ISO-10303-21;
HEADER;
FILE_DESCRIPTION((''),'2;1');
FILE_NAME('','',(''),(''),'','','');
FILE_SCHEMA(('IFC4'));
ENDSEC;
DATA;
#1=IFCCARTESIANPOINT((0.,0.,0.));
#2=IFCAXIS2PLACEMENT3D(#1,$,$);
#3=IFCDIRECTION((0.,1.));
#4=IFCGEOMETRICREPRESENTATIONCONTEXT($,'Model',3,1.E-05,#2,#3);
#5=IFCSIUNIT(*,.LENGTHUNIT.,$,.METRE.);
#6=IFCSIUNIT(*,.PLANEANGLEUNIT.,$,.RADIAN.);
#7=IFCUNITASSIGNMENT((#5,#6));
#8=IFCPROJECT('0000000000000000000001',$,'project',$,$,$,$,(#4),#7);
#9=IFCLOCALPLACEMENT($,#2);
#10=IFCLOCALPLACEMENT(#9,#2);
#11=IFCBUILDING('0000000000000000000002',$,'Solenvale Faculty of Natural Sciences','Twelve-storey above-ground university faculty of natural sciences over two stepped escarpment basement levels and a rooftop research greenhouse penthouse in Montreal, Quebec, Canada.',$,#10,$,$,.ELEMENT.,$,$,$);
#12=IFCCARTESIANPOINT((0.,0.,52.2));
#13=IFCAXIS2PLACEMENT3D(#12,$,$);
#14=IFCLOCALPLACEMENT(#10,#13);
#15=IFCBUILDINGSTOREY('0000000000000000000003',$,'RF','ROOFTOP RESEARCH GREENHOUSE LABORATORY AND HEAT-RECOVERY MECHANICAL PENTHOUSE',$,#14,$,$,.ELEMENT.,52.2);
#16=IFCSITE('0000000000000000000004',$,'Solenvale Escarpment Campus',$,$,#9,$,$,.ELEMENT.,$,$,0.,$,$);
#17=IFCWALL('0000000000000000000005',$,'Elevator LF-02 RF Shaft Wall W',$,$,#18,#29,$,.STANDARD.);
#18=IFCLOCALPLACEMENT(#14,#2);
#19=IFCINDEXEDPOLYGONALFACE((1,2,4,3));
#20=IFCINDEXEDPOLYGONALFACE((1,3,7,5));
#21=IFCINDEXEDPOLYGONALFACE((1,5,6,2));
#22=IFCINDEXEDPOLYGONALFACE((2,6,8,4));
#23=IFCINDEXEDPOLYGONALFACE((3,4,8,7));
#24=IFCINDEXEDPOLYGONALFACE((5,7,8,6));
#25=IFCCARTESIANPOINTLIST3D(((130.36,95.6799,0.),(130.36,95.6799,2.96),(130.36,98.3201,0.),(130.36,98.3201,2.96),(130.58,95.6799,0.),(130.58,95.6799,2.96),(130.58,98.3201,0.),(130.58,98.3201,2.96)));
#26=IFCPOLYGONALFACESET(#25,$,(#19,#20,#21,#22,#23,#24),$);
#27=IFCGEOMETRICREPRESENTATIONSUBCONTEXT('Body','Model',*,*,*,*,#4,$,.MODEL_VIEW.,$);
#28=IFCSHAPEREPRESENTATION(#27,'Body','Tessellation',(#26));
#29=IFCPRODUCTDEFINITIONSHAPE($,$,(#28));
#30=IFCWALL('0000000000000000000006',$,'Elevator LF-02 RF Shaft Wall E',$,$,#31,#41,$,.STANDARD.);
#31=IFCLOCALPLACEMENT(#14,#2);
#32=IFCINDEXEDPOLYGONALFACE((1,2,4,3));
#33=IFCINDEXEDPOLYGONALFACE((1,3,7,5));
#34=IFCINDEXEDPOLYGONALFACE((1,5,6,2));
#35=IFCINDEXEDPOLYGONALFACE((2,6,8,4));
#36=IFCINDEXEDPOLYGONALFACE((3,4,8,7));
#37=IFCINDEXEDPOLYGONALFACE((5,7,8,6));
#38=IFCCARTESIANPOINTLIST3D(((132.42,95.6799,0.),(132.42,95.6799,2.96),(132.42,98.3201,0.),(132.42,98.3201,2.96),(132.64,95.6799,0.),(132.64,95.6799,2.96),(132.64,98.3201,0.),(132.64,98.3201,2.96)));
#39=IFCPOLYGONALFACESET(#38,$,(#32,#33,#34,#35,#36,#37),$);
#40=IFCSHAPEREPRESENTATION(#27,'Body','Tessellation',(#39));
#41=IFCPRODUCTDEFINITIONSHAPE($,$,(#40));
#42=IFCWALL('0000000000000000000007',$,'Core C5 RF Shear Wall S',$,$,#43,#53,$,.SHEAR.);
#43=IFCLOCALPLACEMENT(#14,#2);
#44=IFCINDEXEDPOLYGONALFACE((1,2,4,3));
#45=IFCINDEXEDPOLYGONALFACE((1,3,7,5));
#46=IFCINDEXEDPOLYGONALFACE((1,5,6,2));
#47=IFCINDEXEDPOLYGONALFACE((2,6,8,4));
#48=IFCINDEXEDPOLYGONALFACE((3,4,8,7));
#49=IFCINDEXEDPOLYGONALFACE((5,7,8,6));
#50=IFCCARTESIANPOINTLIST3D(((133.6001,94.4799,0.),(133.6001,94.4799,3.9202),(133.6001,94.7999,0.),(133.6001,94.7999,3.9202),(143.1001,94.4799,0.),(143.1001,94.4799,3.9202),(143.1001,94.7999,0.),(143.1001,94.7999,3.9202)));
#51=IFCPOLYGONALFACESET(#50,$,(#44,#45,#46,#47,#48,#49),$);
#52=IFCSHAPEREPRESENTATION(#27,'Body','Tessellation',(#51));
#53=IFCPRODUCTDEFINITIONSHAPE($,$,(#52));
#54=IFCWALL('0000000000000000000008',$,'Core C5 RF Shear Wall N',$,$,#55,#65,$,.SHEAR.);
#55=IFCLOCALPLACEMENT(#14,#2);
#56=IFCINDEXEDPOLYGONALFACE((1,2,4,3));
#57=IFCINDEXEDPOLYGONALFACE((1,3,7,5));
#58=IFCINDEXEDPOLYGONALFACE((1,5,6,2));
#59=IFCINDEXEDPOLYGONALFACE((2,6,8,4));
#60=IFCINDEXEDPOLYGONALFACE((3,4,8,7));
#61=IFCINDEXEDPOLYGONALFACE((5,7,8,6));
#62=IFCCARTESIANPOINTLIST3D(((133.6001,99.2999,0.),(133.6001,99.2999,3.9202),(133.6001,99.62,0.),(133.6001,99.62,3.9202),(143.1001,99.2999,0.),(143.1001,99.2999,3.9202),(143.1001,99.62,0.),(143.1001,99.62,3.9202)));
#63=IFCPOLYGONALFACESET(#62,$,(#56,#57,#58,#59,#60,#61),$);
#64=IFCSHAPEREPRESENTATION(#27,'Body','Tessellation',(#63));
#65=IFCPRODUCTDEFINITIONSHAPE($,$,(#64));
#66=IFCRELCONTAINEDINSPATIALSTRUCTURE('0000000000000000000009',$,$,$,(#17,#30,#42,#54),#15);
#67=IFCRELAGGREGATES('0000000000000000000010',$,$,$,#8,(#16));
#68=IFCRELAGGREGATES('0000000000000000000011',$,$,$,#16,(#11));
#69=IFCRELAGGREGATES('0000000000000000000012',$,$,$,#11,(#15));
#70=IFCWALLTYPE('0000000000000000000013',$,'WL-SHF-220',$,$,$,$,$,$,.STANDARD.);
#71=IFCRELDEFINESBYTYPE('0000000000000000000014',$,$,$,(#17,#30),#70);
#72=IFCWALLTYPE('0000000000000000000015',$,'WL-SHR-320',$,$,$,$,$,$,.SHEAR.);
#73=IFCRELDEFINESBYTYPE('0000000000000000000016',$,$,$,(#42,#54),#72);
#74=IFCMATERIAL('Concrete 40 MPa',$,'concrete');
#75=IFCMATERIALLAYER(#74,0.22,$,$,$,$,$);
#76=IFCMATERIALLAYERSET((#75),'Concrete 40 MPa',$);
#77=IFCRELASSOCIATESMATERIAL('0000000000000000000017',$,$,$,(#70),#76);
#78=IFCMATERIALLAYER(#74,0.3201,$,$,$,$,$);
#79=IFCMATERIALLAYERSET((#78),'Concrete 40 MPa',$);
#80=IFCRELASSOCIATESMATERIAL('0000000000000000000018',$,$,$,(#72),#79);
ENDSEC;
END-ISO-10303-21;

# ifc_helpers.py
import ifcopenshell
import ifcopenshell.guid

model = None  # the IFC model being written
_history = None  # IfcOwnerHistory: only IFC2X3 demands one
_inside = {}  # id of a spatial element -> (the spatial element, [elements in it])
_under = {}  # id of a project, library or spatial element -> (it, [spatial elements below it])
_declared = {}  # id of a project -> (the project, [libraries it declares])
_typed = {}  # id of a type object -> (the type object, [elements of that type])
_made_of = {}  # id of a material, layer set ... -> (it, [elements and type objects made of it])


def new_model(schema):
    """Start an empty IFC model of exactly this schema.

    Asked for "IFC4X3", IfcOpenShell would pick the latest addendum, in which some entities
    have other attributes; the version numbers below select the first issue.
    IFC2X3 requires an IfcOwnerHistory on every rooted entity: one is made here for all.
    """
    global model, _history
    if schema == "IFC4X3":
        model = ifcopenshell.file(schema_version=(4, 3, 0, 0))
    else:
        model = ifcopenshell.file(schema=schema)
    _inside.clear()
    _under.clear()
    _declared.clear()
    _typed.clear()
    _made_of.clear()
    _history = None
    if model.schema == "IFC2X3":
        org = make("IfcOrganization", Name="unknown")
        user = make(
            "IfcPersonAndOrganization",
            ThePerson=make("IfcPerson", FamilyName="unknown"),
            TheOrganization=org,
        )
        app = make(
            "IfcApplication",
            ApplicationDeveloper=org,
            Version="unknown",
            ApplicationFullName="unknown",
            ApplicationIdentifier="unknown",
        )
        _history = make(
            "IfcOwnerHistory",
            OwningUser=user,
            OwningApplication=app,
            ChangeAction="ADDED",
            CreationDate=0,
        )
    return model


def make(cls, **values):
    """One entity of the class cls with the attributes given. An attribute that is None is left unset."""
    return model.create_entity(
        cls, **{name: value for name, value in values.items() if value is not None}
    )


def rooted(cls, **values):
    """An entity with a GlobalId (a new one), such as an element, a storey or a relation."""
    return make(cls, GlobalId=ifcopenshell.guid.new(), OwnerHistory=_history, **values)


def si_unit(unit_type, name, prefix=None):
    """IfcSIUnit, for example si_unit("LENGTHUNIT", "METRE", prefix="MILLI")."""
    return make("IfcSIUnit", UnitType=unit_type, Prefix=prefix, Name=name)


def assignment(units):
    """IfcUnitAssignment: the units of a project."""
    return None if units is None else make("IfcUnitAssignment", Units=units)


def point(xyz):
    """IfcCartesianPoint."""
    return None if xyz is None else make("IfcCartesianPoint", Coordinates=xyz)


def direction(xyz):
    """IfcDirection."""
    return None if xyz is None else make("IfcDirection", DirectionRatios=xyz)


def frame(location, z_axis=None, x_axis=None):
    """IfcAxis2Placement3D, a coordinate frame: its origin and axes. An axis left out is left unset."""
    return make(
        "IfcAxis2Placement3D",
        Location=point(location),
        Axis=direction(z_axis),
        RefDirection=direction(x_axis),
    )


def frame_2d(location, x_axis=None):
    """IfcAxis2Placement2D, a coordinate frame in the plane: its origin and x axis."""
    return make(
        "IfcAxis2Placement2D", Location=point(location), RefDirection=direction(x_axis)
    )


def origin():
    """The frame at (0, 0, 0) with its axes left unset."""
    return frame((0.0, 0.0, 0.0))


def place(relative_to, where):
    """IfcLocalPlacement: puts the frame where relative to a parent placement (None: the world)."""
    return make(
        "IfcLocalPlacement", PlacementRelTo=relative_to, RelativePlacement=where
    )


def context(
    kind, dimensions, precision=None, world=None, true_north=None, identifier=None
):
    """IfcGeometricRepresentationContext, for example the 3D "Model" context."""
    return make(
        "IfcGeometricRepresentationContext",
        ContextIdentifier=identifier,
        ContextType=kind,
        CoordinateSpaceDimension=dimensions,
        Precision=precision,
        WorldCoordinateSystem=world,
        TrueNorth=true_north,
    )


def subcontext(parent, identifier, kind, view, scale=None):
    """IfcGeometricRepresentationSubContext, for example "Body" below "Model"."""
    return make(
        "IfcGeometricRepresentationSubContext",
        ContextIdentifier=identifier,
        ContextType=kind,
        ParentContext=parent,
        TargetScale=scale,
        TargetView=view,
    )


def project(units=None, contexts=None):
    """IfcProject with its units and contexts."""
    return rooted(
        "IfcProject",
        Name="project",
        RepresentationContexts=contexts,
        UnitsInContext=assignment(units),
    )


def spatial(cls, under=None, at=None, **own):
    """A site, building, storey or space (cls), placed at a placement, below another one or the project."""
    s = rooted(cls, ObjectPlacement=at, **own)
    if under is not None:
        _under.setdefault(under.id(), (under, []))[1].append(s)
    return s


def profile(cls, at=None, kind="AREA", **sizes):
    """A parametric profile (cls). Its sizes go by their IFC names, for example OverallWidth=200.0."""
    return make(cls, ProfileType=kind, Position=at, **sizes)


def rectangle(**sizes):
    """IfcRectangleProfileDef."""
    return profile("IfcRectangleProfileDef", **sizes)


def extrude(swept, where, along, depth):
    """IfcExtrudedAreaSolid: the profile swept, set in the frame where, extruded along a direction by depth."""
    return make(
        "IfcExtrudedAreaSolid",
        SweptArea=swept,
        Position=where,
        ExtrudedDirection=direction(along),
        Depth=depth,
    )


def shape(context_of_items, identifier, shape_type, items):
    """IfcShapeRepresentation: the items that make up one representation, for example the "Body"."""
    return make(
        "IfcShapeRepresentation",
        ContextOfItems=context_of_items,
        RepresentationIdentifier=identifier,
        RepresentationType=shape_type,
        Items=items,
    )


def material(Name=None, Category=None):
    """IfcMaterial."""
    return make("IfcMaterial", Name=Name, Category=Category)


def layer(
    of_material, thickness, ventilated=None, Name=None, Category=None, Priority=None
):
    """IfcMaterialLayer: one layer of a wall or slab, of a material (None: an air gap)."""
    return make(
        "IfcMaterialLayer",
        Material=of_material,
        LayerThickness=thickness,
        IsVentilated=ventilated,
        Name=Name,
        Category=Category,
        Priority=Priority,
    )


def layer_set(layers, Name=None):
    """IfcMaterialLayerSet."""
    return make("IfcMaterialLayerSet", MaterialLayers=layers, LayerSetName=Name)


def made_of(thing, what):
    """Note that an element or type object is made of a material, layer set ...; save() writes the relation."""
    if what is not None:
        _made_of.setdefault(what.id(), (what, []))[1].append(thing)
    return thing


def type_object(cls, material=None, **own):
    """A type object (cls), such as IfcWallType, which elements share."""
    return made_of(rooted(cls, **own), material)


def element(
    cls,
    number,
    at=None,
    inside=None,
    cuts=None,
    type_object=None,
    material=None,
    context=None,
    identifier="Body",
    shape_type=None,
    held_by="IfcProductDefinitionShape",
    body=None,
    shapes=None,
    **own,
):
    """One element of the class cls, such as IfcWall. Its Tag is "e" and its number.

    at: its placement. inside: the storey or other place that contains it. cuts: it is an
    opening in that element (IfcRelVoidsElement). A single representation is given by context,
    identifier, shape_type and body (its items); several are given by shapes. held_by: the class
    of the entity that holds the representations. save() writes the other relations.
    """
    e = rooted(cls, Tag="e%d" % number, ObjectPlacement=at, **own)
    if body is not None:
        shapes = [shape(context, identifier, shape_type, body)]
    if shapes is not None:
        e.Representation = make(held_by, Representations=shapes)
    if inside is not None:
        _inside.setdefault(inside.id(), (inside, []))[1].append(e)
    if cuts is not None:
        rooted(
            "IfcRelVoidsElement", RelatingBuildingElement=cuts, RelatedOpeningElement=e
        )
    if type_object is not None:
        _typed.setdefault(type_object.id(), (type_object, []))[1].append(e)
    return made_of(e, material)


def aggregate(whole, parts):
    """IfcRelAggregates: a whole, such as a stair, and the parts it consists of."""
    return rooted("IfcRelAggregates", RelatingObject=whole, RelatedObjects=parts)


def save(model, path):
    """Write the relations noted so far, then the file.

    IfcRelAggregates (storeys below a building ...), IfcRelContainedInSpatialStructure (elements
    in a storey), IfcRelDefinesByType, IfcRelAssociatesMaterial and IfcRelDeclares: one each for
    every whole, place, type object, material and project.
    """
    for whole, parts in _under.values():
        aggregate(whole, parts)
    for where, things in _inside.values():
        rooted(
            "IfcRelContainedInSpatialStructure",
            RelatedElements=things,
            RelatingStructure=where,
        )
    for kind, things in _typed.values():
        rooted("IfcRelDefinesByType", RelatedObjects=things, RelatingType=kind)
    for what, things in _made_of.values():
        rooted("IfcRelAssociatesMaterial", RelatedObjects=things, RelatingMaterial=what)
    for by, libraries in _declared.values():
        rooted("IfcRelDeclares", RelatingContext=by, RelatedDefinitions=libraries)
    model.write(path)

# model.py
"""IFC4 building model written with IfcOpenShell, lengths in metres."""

from ifc_helpers import new_model, si_unit, direction, frame, frame_2d, origin, place, context, subcontext, project, spatial, rectangle, extrude, material, layer, layer_set, type_object, element, save


model = new_model("IFC4")

# Units and contexts
model_context = context("Model", 3, precision=1e-05, world=origin(), true_north=direction((0.0, 1.0)))
body_context = subcontext(model_context, "Body", "Model", "MODEL_VIEW")
ifc_project = project(units=[si_unit("LENGTHUNIT", "METRE"), si_unit("PLANEANGLEUNIT", "RADIAN")], contexts=[model_context])

# Site, building, storey
site_placement = place(None, origin())
site = spatial("IfcSite", under=ifc_project, at=site_placement, Name="Solenvale Escarpment Campus", CompositionType="ELEMENT", RefElevation=0.0)
building_placement = place(site_placement, origin())
building = spatial("IfcBuilding", under=site, at=building_placement, Name="Solenvale Faculty of Natural Sciences", Description="Twelve-storey above-ground university faculty of natural sciences over two stepped escarpment basement levels and a rooftop research greenhouse penthouse in Montreal, Quebec, Canada.", CompositionType="ELEMENT")
storey_placement = place(building_placement, frame((0.0, 0.0, 52.2)))
storey = spatial("IfcBuildingStorey", under=building, at=storey_placement, Name="RF", Description="ROOFTOP RESEARCH GREENHOUSE LABORATORY AND HEAT-RECOVERY MECHANICAL PENTHOUSE", CompositionType="ELEMENT", Elevation=52.2)

# Shared definitions
ifc_material_1 = material(Name="Concrete 40 MPa", Category="concrete")

# Shared definitions
ifc_layer_1 = layer(ifc_material_1, 0.22)
ifc_layer_set_1 = layer_set([ifc_layer_1], Name="Concrete 40 MPa")
wall_type_1 = type_object("IfcWallType", Name="WL-SHF-220", PredefinedType="STANDARD", material=ifc_layer_set_1)

# Walls
for number, where, z_axis, x_axis, name in (
    (1, (130.47, 95.6799, 0.0), (0.0, 0.0, 1.0), (0.0, 1.0, 0.0), "Elevator LF-02 RF Shaft Wall W"),
    (2, (132.53, 95.6799, 0.0), (0.0, 0.0, 1.0), (0.0, 1.0, 0.0), "Elevator LF-02 RF Shaft Wall E"),
):
    element("IfcWall", number, at=place(storey_placement, frame(where, z_axis=z_axis, x_axis=x_axis)), inside=storey, type_object=wall_type_1, Name=name, PredefinedType="STANDARD", context=body_context, shape_type="SweptSolid", body=[
        extrude(rectangle(XDim=2.6401, YDim=0.22, at=frame_2d((1.3201, 0.0))), origin(), (0.0, 0.0, 1.0), 2.96),
    ])
ifc_layer_2 = layer(ifc_material_1, 0.3201)
ifc_layer_set_2 = layer_set([ifc_layer_2], Name="Concrete 40 MPa")
wall_type_2 = type_object("IfcWallType", Name="WL-SHR-320", PredefinedType="SHEAR", material=ifc_layer_set_2)
for number, where, z_axis, x_axis, name in (
    (3, (133.6001, 94.6399, 0.0), (0.0, 0.0, 1.0), (1.0, 0.0, 0.0), "Core C5 RF Shear Wall S"),
    (4, (133.6001, 99.46, 0.0), (0.0, 0.0, 1.0), (1.0, 0.0, 0.0), "Core C5 RF Shear Wall N"),
):
    element("IfcWall", number, at=place(storey_placement, frame(where, z_axis=z_axis, x_axis=x_axis)), inside=storey, type_object=wall_type_2, Name=name, PredefinedType="SHEAR", context=body_context, shape_type="SweptSolid", body=[
        extrude(rectangle(XDim=9.5, YDim=0.3201, at=frame_2d((4.75, 0.0))), origin(), (0.0, 0.0, 1.0), 3.9202),
    ])

save(model, "model.ifc")
